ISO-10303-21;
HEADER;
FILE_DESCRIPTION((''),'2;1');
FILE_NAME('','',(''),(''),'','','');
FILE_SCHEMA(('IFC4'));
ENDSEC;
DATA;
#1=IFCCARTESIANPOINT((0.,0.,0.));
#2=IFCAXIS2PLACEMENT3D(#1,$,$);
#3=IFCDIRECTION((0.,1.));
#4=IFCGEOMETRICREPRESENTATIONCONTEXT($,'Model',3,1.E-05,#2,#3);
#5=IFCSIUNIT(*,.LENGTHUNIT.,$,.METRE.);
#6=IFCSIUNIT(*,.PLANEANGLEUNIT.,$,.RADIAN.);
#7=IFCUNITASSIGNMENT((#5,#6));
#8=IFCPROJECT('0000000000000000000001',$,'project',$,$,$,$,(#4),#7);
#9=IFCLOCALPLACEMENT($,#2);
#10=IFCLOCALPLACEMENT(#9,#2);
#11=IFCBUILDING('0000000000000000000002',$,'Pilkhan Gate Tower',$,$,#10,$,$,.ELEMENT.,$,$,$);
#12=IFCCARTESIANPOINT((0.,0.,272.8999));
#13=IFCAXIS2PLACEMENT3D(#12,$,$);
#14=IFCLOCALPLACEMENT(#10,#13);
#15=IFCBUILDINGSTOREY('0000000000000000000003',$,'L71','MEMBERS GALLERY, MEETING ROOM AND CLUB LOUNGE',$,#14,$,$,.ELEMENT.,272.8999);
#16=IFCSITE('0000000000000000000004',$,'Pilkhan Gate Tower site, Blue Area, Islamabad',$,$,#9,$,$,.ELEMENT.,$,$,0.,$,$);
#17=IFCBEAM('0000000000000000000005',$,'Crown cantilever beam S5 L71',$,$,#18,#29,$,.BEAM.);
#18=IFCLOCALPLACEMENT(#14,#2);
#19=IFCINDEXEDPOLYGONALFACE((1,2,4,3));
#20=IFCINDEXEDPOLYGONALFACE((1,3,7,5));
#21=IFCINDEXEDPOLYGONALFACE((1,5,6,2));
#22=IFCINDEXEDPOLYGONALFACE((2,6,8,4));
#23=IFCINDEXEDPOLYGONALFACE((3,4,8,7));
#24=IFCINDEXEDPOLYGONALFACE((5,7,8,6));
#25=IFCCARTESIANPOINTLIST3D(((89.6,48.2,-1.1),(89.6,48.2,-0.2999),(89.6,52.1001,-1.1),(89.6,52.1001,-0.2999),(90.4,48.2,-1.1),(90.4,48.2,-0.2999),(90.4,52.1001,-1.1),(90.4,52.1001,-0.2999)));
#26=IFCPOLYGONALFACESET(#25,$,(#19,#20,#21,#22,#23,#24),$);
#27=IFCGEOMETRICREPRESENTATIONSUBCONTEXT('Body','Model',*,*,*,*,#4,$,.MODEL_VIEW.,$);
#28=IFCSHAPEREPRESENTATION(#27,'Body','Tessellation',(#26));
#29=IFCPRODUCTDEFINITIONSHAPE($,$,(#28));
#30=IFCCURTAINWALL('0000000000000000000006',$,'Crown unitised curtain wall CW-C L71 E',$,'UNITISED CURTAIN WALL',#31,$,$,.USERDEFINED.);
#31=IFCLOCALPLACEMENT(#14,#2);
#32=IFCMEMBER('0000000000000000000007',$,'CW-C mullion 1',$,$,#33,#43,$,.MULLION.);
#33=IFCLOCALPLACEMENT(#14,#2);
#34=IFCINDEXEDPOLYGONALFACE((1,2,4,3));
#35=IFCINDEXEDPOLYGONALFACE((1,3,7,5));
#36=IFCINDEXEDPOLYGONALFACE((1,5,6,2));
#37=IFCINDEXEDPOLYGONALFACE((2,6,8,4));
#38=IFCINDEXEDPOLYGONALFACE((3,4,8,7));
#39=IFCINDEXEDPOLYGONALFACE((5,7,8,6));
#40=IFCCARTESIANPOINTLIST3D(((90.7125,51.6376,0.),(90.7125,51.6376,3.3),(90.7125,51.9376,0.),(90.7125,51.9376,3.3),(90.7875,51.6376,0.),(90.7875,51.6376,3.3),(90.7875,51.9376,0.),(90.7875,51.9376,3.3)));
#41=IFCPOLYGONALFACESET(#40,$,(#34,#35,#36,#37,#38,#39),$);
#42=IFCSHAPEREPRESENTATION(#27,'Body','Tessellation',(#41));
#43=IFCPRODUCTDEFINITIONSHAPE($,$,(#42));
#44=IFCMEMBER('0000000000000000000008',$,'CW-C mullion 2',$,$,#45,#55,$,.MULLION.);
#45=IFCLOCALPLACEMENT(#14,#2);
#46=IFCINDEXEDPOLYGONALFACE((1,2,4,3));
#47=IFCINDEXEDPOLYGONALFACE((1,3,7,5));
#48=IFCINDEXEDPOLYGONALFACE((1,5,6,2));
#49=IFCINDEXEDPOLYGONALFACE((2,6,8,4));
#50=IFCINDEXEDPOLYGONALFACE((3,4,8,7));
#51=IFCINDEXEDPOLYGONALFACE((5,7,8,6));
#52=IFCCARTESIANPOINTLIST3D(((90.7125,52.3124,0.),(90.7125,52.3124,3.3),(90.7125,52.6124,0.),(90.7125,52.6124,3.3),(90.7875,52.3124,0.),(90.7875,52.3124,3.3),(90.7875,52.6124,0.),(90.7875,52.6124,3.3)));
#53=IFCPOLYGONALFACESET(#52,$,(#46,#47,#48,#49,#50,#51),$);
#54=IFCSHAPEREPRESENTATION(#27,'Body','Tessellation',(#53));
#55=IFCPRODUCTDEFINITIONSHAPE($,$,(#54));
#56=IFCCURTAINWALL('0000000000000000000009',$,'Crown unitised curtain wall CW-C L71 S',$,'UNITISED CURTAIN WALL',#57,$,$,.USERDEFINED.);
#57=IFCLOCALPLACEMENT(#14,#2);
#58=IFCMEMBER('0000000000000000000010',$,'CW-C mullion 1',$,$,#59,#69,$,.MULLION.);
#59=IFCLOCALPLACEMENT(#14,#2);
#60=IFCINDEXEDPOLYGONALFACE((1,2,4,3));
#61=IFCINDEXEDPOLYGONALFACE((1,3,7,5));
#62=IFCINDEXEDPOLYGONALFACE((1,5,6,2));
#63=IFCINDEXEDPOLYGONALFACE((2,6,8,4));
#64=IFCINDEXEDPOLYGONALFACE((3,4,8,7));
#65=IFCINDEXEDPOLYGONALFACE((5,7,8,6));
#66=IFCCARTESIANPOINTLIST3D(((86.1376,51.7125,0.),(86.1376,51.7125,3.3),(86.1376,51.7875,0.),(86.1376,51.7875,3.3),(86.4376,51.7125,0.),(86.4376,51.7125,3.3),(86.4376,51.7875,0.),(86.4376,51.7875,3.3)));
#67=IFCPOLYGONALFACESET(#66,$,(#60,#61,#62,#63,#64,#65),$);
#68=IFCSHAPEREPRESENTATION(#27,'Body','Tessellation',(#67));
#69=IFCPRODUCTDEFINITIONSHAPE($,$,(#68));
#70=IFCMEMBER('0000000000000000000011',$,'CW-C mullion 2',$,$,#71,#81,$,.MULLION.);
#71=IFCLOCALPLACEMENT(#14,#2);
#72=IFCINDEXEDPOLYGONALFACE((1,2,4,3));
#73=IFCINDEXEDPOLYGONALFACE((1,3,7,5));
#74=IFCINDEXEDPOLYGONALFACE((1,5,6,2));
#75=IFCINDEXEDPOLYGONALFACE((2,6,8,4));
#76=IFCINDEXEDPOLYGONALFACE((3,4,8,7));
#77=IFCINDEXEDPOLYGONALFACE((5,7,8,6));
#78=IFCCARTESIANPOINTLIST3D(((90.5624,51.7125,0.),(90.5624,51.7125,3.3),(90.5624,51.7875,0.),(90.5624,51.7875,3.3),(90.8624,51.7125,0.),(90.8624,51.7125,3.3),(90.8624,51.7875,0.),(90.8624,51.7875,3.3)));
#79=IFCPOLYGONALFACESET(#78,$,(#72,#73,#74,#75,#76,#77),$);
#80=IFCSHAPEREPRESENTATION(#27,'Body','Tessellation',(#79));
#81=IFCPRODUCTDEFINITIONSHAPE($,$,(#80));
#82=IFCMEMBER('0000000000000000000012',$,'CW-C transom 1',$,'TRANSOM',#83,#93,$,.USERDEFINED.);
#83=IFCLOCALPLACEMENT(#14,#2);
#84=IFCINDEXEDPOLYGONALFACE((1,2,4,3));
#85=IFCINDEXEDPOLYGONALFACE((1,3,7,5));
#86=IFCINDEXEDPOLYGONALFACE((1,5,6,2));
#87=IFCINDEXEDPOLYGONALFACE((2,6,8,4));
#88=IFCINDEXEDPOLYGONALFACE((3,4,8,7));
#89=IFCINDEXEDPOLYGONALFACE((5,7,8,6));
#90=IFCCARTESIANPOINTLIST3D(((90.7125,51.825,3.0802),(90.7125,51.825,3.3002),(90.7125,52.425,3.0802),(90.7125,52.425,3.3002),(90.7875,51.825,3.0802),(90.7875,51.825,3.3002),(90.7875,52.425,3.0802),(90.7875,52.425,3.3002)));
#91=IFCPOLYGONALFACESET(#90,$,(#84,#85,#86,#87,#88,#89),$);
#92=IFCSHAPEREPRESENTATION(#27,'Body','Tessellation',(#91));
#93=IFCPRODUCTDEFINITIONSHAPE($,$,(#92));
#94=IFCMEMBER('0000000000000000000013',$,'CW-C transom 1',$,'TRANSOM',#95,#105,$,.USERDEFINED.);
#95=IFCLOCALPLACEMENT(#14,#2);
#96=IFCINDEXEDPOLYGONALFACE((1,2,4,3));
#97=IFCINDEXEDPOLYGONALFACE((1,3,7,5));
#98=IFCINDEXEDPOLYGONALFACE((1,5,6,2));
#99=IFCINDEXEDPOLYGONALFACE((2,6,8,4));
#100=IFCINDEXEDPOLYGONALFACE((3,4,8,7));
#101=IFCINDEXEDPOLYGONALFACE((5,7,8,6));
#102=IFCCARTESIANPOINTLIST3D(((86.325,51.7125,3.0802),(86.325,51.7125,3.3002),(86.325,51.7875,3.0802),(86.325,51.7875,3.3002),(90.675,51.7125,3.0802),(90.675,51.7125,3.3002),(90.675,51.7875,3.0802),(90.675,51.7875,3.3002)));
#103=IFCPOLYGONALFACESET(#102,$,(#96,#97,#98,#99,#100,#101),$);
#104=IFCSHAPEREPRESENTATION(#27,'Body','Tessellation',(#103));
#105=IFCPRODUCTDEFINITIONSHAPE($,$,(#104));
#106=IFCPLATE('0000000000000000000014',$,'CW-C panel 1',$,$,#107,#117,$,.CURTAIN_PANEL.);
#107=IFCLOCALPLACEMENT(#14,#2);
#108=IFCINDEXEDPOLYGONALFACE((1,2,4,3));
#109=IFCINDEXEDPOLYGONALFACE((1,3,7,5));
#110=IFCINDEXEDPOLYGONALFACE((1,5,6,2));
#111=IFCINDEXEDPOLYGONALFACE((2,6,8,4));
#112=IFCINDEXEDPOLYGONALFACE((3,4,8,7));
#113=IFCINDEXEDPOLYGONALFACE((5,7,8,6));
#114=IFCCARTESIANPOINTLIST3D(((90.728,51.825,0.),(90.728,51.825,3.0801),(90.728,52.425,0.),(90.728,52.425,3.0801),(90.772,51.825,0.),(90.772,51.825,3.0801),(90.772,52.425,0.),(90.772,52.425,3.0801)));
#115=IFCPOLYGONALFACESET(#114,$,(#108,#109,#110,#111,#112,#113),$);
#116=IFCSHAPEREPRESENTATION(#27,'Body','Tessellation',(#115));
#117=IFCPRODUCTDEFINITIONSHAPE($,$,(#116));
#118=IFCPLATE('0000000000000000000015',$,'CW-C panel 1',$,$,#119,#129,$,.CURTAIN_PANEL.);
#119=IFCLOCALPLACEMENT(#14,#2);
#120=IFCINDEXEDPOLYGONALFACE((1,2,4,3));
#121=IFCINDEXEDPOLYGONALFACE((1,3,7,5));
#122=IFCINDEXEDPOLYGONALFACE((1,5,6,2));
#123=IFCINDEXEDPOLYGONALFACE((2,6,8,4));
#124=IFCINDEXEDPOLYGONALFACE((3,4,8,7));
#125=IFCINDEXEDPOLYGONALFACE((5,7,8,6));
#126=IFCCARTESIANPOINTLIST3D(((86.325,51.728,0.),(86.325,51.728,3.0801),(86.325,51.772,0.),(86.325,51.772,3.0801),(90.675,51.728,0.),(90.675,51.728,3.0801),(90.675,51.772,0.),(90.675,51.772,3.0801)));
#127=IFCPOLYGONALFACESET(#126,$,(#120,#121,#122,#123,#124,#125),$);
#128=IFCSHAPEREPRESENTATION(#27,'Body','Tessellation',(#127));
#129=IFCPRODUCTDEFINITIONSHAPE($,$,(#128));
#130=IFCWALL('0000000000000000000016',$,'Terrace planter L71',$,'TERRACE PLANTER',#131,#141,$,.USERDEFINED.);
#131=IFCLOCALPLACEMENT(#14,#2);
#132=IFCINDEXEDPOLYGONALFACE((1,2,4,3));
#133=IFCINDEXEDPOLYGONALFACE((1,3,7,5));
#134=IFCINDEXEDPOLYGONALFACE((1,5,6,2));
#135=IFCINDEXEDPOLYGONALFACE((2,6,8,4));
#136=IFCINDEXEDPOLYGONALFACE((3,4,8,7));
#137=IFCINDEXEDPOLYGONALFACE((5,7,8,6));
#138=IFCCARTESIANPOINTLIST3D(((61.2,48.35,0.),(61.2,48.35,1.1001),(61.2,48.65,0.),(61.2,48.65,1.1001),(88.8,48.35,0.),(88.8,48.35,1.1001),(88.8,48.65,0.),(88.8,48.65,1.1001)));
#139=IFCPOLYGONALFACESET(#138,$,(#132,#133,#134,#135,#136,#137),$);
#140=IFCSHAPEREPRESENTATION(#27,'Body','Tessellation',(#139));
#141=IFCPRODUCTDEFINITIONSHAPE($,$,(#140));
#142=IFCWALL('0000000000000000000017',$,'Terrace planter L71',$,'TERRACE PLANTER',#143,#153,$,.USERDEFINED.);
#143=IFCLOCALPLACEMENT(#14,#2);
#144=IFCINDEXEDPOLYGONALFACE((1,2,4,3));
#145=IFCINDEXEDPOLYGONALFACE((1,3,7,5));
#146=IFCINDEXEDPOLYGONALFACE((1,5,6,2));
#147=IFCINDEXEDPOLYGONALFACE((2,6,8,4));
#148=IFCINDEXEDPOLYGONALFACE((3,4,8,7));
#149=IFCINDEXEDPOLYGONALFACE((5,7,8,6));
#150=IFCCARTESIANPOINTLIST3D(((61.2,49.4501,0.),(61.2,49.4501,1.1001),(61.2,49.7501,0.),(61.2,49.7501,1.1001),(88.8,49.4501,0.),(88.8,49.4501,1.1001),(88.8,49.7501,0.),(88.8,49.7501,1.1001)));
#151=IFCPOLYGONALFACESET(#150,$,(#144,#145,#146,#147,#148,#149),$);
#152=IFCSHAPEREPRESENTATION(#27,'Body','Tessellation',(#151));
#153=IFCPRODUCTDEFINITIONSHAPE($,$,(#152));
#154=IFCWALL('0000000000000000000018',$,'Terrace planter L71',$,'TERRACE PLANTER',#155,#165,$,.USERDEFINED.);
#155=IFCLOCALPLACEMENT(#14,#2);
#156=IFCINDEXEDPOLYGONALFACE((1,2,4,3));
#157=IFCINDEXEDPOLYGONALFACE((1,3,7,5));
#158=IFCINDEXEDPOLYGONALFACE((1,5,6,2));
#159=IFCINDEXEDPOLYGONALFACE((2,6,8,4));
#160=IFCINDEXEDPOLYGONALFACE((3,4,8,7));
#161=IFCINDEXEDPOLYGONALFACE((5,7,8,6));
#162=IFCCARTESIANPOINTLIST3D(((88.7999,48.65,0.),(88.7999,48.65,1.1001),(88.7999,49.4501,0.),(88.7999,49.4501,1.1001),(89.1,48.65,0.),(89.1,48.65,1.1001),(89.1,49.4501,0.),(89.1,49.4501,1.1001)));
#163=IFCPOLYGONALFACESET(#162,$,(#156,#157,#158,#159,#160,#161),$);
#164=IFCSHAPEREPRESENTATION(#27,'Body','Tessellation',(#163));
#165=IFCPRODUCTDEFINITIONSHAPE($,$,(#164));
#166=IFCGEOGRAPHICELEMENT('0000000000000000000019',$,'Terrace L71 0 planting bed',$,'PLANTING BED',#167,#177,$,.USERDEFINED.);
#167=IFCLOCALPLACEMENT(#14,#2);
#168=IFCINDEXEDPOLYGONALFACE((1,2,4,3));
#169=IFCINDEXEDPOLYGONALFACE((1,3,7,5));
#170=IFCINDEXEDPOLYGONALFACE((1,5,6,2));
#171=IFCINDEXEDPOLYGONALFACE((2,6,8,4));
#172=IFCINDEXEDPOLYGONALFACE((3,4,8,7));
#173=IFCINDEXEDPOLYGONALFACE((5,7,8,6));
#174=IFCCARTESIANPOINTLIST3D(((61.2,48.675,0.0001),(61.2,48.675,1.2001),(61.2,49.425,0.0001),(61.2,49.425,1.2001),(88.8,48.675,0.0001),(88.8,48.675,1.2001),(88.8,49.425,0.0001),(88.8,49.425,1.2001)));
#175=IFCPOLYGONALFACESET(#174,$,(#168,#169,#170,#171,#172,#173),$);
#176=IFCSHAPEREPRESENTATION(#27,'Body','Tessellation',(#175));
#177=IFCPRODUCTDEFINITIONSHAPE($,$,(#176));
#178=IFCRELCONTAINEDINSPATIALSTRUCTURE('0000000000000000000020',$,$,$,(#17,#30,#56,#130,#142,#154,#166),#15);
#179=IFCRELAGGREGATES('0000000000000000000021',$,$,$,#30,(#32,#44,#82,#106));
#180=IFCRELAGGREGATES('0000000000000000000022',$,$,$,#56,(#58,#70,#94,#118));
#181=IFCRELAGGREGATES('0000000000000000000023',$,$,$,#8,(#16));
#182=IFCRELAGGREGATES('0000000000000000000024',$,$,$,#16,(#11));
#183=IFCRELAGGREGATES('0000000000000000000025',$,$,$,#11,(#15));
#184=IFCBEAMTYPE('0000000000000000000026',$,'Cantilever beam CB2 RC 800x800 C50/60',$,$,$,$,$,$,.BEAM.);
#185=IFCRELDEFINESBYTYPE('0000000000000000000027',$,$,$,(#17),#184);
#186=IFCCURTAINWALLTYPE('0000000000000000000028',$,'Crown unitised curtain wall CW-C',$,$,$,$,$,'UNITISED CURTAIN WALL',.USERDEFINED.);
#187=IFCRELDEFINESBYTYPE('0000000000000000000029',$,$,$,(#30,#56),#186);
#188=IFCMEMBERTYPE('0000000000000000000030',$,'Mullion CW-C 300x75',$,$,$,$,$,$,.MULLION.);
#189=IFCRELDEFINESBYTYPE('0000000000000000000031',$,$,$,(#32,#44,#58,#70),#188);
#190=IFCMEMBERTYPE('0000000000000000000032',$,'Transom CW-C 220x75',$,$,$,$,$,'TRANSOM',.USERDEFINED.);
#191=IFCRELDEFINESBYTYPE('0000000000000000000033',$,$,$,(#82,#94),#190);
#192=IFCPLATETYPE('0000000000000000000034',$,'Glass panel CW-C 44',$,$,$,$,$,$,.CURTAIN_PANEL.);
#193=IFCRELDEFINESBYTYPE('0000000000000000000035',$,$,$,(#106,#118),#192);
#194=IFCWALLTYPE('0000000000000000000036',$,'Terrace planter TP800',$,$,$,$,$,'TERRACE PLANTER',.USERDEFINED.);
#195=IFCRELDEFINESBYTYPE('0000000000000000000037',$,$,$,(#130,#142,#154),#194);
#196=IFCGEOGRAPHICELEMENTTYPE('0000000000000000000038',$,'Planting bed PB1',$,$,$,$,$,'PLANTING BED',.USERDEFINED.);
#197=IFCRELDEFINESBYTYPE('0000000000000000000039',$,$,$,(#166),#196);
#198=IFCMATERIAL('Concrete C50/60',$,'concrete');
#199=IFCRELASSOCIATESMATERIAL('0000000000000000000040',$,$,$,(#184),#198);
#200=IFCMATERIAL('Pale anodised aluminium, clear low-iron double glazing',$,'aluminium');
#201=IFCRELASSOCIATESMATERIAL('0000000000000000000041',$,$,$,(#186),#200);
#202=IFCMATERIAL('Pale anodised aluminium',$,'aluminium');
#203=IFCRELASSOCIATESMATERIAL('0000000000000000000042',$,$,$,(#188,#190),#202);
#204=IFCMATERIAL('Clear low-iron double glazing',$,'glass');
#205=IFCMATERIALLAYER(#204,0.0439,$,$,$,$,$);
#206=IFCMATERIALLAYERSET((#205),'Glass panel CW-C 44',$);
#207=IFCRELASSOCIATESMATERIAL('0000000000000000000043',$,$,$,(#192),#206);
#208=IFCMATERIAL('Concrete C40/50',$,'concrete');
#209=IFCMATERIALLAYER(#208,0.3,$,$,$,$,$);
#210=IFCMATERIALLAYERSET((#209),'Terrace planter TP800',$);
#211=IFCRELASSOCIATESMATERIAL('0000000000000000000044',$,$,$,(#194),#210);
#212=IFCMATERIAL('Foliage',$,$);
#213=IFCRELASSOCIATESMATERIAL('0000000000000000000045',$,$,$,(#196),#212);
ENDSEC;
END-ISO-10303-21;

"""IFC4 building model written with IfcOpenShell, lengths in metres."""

from ifc_helpers import new_model, si_unit, direction, frame, frame_2d, origin, origin_2d, place, context, subcontext, project, spatial, rectangle, extrude, material, layer, layer_set, material_profile, profile_set, type_object, element, aggregate, save


model = new_model("IFC4")

# Units and contexts
model_context = context("Model", 3, precision=1e-05, world=origin(), true_north=direction((0.0, 1.0)))
body_context = subcontext(model_context, "Body", "Model", "MODEL_VIEW")
ifc_project = project(units=[si_unit("LENGTHUNIT", "METRE"), si_unit("PLANEANGLEUNIT", "RADIAN")], contexts=[model_context])

# Site, building, storey
site_placement = place(None, origin())
site = spatial("IfcSite", under=ifc_project, at=site_placement, Name="Pilkhan Gate Tower site, Blue Area, Islamabad", CompositionType="ELEMENT", RefElevation=0.0)
building_placement = place(site_placement, origin())
building = spatial("IfcBuilding", under=site, at=building_placement, Name="Pilkhan Gate Tower", CompositionType="ELEMENT")
storey_placement = place(building_placement, frame((0.0, 0.0, 272.8999)))
storey = spatial("IfcBuildingStorey", under=building, at=storey_placement, Name="L71", Description="MEMBERS GALLERY, MEETING ROOM AND CLUB LOUNGE", CompositionType="ELEMENT", Elevation=272.8999)

# Beam
ifc_material_1 = material(Name="Concrete C50/60", Category="concrete")
ifc_material_profile_1 = material_profile(ifc_material_1, rectangle(XDim=0.8, YDim=0.8, at=origin_2d()), Name="RC 800x800")
ifc_profile_set_1 = profile_set([ifc_material_profile_1], Name="Concrete C50/60")
beam_type = type_object("IfcBeamType", Name="Cantilever beam CB2 RC 800x800 C50/60", PredefinedType="BEAM", material=ifc_profile_set_1)
beam_placement = place(storey_placement, frame((90.0, 52.1001, -0.7), z_axis=(0.0, -1.0, 0.0), x_axis=(1.0, 0.0, 0.0)))
element("IfcBeam", 1, at=beam_placement, inside=storey, type_object=beam_type, Name="Crown cantilever beam S5 L71", PredefinedType="BEAM", context=body_context, shape_type="SweptSolid", body=[
    extrude(rectangle(XDim=0.8, YDim=0.8, at=origin_2d()), origin(), (0.0, 0.0, 1.0), 3.9001),
])

# Curtain walls, members
ifc_material_2 = material(Name="Pale anodised aluminium, clear low-iron double glazing", Category="aluminium")
curtain_wall_type = type_object("IfcCurtainWallType", Name="Crown unitised curtain wall CW-C", ElementType="UNITISED CURTAIN WALL", PredefinedType="USERDEFINED", material=ifc_material_2)
curtain_wall_1_placement = place(storey_placement, origin())
curtain_wall_1 = element("IfcCurtainWall", 2, at=curtain_wall_1_placement, inside=storey, type_object=curtain_wall_type, Name="Crown unitised curtain wall CW-C L71 E", ObjectType="UNITISED CURTAIN WALL", PredefinedType="USERDEFINED")
ifc_material_3 = material(Name="Pale anodised aluminium", Category="aluminium")
ifc_material_profile_2 = material_profile(ifc_material_3, rectangle(XDim=0.075, YDim=0.3, at=origin_2d()), Name="Mullion 300x75")
ifc_profile_set_2 = profile_set([ifc_material_profile_2], Name="Pale anodised aluminium")
member_type_1 = type_object("IfcMemberType", Name="Mullion CW-C 300x75", PredefinedType="MULLION", material=ifc_profile_set_2)
member_1_placement = place(storey_placement, frame((90.75, 51.7876, 0.0), z_axis=(0.0, 0.0, 1.0), x_axis=(-1.0, 0.0, 0.0)))
member_1 = element("IfcMember", 3, at=member_1_placement, type_object=member_type_1, Name="CW-C mullion 1", PredefinedType="MULLION", context=body_context, shape_type="SweptSolid", body=[
    extrude(rectangle(XDim=0.075, YDim=0.3, at=origin_2d()), origin(), (0.0, 0.0, 1.0), 3.3),
])
member_2_placement = place(storey_placement, frame((90.75, 52.4624, 0.0), z_axis=(0.0, 0.0, 1.0), x_axis=(-1.0, 0.0, 0.0)))
member_2 = element("IfcMember", 4, at=member_2_placement, type_object=member_type_1, Name="CW-C mullion 2", PredefinedType="MULLION", context=body_context, shape_type="SweptSolid", body=[
    extrude(rectangle(XDim=0.075, YDim=0.3, at=origin_2d()), origin(), (0.0, 0.0, 1.0), 3.3),
])
curtain_wall_2_placement = place(storey_placement, origin())
curtain_wall_2 = element("IfcCurtainWall", 5, at=curtain_wall_2_placement, inside=storey, type_object=curtain_wall_type, Name="Crown unitised curtain wall CW-C L71 S", ObjectType="UNITISED CURTAIN WALL", PredefinedType="USERDEFINED")
member_3_placement = place(storey_placement, frame((86.2876, 51.75, 0.0), z_axis=(0.0, 0.0, 1.0), x_axis=(0.0, 1.0, 0.0)))
member_3 = element("IfcMember", 6, at=member_3_placement, type_object=member_type_1, Name="CW-C mullion 1", PredefinedType="MULLION", context=body_context, shape_type="SweptSolid", body=[
    extrude(rectangle(XDim=0.075, YDim=0.3, at=origin_2d()), origin(), (0.0, 0.0, 1.0), 3.3),
])
member_4_placement = place(storey_placement, frame((90.7124, 51.75, 0.0), z_axis=(0.0, 0.0, 1.0), x_axis=(0.0, 1.0, 0.0)))
member_4 = element("IfcMember", 7, at=member_4_placement, type_object=member_type_1, Name="CW-C mullion 2", PredefinedType="MULLION", context=body_context, shape_type="SweptSolid", body=[
    extrude(rectangle(XDim=0.075, YDim=0.3, at=origin_2d()), origin(), (0.0, 0.0, 1.0), 3.3),
])

# Members
ifc_material_profile_3 = material_profile(ifc_material_3, rectangle(XDim=0.075, YDim=0.22, at=origin_2d()), Name="Transom 220x75")
ifc_profile_set_3 = profile_set([ifc_material_profile_3], Name="Pale anodised aluminium")
member_type_2 = type_object("IfcMemberType", Name="Transom CW-C 220x75", ElementType="TRANSOM", PredefinedType="USERDEFINED", material=ifc_profile_set_3)
member_5_placement = place(storey_placement, frame((90.75, 51.825, 3.1902), z_axis=(0.0, 1.0, 0.0), x_axis=(-1.0, 0.0, 0.0)))
member_5 = element("IfcMember", 8, at=member_5_placement, type_object=member_type_2, Name="CW-C transom 1", ObjectType="TRANSOM", PredefinedType="USERDEFINED", context=body_context, shape_type="SweptSolid", body=[
    extrude(rectangle(XDim=0.075, YDim=0.22, at=origin_2d()), origin(), (0.0, 0.0, 1.0), 0.6001),
])
member_6_placement = place(storey_placement, frame((86.325, 51.75, 3.1902), z_axis=(1.0, 0.0, 0.0), x_axis=(0.0, 1.0, 0.0)))
member_6 = element("IfcMember", 9, at=member_6_placement, type_object=member_type_2, Name="CW-C transom 1", ObjectType="TRANSOM", PredefinedType="USERDEFINED", context=body_context, shape_type="SweptSolid", body=[
    extrude(rectangle(XDim=0.075, YDim=0.22, at=origin_2d()), origin(), (0.0, 0.0, 1.0), 4.3501),
])

# Plates
ifc_material_4 = material(Name="Clear low-iron double glazing", Category="glass")
ifc_layer_1 = layer(ifc_material_4, 0.0439)
ifc_layer_set_1 = layer_set([ifc_layer_1], Name="Glass panel CW-C 44")
plate_type = type_object("IfcPlateType", Name="Glass panel CW-C 44", PredefinedType="CURTAIN_PANEL", material=ifc_layer_set_1)
plate_1_placement = place(storey_placement, frame((90.75, 52.125, 0.0), z_axis=(0.0, 0.0, 1.0), x_axis=(0.0, 1.0, 0.0)))
plate_1 = element("IfcPlate", 10, at=plate_1_placement, type_object=plate_type, Name="CW-C panel 1", PredefinedType="CURTAIN_PANEL", context=body_context, shape_type="SweptSolid", body=[
    extrude(rectangle(XDim=0.6001, YDim=0.0439, at=origin_2d()), origin(), (0.0, 0.0, 1.0), 3.0801),
])
aggregate(curtain_wall_1, [member_1, member_2, member_5, plate_1])
plate_2_placement = place(storey_placement, frame((88.5, 51.75, 0.0), z_axis=(0.0, 0.0, 1.0), x_axis=(1.0, 0.0, 0.0)))
plate_2 = element("IfcPlate", 11, at=plate_2_placement, type_object=plate_type, Name="CW-C panel 1", PredefinedType="CURTAIN_PANEL", context=body_context, shape_type="SweptSolid", body=[
    extrude(rectangle(XDim=4.3501, YDim=0.0439, at=origin_2d()), origin(), (0.0, 0.0, 1.0), 3.0801),
])
aggregate(curtain_wall_2, [member_3, member_4, member_6, plate_2])

# Walls
ifc_material_5 = material(Name="Concrete C40/50", Category="concrete")
ifc_layer_2 = layer(ifc_material_5, 0.3)
ifc_layer_set_2 = layer_set([ifc_layer_2], Name="Terrace planter TP800")
wall_type_1 = type_object("IfcWallType", Name="Terrace planter TP800", ElementType="TERRACE PLANTER", PredefinedType="USERDEFINED", material=ifc_layer_set_2)
for number, where, z_axis, x_axis, name in (
    (12, (88.8, 48.5, 0.0), (0.0, 0.0, 1.0), (-1.0, 0.0, 0.0), "Terrace planter L71"),
    (13, (88.8, 49.6001, 0.0), (0.0, 0.0, 1.0), (-1.0, 0.0, 0.0), "Terrace planter L71"),
):
    element("IfcWall", number, at=place(storey_placement, frame(where, z_axis=z_axis, x_axis=x_axis)), inside=storey, type_object=wall_type_1, Name=name, ObjectType="TERRACE PLANTER", PredefinedType="USERDEFINED", context=body_context, shape_type="SweptSolid", body=[
        extrude(rectangle(XDim=27.6001, YDim=0.3, at=frame_2d((13.8, 0.0))), origin(), (0.0, 0.0, 1.0), 1.1001),
    ])
wall_1_placement = place(storey_placement, frame((88.95, 49.45, 0.0), z_axis=(0.0, 0.0, 1.0), x_axis=(0.0, -1.0, 0.0)))
element("IfcWall", 14, at=wall_1_placement, inside=storey, type_object=wall_type_1, Name="Terrace planter L71", ObjectType="TERRACE PLANTER", PredefinedType="USERDEFINED", context=body_context, shape_type="SweptSolid", body=[
    extrude(rectangle(XDim=0.8, YDim=0.3, at=frame_2d((0.3999, 0.0))), origin(), (0.0, 0.0, 1.0), 1.1001),
])

# Geographic element
ifc_material_6 = material(Name="Foliage")
ifc_material_profile_4 = material_profile(ifc_material_6, rectangle(XDim=0.75, YDim=1.2, at=origin_2d()), Name="Bed 750x1200")
ifc_profile_set_4 = profile_set([ifc_material_profile_4], Name="Foliage")
geographic_element_type_1 = type_object("IfcGeographicElementType", Name="Planting bed PB1", ElementType="PLANTING BED", PredefinedType="USERDEFINED", material=ifc_profile_set_4)
geographic_element_placement = place(storey_placement, frame((88.8, 49.05, 0.6001), z_axis=(-1.0, 0.0, 0.0), x_axis=(0.0, -1.0, 0.0)))
element("IfcGeographicElement", 15, at=geographic_element_placement, inside=storey, type_object=geographic_element_type_1, Name="Terrace L71 0 planting bed", ObjectType="PLANTING BED", PredefinedType="USERDEFINED", context=body_context, shape_type="SweptSolid", body=[
    extrude(rectangle(XDim=0.75, YDim=1.2, at=origin_2d()), origin(), (0.0, 0.0, 1.0), 27.6001),
])

save(model, "model.ifc")
